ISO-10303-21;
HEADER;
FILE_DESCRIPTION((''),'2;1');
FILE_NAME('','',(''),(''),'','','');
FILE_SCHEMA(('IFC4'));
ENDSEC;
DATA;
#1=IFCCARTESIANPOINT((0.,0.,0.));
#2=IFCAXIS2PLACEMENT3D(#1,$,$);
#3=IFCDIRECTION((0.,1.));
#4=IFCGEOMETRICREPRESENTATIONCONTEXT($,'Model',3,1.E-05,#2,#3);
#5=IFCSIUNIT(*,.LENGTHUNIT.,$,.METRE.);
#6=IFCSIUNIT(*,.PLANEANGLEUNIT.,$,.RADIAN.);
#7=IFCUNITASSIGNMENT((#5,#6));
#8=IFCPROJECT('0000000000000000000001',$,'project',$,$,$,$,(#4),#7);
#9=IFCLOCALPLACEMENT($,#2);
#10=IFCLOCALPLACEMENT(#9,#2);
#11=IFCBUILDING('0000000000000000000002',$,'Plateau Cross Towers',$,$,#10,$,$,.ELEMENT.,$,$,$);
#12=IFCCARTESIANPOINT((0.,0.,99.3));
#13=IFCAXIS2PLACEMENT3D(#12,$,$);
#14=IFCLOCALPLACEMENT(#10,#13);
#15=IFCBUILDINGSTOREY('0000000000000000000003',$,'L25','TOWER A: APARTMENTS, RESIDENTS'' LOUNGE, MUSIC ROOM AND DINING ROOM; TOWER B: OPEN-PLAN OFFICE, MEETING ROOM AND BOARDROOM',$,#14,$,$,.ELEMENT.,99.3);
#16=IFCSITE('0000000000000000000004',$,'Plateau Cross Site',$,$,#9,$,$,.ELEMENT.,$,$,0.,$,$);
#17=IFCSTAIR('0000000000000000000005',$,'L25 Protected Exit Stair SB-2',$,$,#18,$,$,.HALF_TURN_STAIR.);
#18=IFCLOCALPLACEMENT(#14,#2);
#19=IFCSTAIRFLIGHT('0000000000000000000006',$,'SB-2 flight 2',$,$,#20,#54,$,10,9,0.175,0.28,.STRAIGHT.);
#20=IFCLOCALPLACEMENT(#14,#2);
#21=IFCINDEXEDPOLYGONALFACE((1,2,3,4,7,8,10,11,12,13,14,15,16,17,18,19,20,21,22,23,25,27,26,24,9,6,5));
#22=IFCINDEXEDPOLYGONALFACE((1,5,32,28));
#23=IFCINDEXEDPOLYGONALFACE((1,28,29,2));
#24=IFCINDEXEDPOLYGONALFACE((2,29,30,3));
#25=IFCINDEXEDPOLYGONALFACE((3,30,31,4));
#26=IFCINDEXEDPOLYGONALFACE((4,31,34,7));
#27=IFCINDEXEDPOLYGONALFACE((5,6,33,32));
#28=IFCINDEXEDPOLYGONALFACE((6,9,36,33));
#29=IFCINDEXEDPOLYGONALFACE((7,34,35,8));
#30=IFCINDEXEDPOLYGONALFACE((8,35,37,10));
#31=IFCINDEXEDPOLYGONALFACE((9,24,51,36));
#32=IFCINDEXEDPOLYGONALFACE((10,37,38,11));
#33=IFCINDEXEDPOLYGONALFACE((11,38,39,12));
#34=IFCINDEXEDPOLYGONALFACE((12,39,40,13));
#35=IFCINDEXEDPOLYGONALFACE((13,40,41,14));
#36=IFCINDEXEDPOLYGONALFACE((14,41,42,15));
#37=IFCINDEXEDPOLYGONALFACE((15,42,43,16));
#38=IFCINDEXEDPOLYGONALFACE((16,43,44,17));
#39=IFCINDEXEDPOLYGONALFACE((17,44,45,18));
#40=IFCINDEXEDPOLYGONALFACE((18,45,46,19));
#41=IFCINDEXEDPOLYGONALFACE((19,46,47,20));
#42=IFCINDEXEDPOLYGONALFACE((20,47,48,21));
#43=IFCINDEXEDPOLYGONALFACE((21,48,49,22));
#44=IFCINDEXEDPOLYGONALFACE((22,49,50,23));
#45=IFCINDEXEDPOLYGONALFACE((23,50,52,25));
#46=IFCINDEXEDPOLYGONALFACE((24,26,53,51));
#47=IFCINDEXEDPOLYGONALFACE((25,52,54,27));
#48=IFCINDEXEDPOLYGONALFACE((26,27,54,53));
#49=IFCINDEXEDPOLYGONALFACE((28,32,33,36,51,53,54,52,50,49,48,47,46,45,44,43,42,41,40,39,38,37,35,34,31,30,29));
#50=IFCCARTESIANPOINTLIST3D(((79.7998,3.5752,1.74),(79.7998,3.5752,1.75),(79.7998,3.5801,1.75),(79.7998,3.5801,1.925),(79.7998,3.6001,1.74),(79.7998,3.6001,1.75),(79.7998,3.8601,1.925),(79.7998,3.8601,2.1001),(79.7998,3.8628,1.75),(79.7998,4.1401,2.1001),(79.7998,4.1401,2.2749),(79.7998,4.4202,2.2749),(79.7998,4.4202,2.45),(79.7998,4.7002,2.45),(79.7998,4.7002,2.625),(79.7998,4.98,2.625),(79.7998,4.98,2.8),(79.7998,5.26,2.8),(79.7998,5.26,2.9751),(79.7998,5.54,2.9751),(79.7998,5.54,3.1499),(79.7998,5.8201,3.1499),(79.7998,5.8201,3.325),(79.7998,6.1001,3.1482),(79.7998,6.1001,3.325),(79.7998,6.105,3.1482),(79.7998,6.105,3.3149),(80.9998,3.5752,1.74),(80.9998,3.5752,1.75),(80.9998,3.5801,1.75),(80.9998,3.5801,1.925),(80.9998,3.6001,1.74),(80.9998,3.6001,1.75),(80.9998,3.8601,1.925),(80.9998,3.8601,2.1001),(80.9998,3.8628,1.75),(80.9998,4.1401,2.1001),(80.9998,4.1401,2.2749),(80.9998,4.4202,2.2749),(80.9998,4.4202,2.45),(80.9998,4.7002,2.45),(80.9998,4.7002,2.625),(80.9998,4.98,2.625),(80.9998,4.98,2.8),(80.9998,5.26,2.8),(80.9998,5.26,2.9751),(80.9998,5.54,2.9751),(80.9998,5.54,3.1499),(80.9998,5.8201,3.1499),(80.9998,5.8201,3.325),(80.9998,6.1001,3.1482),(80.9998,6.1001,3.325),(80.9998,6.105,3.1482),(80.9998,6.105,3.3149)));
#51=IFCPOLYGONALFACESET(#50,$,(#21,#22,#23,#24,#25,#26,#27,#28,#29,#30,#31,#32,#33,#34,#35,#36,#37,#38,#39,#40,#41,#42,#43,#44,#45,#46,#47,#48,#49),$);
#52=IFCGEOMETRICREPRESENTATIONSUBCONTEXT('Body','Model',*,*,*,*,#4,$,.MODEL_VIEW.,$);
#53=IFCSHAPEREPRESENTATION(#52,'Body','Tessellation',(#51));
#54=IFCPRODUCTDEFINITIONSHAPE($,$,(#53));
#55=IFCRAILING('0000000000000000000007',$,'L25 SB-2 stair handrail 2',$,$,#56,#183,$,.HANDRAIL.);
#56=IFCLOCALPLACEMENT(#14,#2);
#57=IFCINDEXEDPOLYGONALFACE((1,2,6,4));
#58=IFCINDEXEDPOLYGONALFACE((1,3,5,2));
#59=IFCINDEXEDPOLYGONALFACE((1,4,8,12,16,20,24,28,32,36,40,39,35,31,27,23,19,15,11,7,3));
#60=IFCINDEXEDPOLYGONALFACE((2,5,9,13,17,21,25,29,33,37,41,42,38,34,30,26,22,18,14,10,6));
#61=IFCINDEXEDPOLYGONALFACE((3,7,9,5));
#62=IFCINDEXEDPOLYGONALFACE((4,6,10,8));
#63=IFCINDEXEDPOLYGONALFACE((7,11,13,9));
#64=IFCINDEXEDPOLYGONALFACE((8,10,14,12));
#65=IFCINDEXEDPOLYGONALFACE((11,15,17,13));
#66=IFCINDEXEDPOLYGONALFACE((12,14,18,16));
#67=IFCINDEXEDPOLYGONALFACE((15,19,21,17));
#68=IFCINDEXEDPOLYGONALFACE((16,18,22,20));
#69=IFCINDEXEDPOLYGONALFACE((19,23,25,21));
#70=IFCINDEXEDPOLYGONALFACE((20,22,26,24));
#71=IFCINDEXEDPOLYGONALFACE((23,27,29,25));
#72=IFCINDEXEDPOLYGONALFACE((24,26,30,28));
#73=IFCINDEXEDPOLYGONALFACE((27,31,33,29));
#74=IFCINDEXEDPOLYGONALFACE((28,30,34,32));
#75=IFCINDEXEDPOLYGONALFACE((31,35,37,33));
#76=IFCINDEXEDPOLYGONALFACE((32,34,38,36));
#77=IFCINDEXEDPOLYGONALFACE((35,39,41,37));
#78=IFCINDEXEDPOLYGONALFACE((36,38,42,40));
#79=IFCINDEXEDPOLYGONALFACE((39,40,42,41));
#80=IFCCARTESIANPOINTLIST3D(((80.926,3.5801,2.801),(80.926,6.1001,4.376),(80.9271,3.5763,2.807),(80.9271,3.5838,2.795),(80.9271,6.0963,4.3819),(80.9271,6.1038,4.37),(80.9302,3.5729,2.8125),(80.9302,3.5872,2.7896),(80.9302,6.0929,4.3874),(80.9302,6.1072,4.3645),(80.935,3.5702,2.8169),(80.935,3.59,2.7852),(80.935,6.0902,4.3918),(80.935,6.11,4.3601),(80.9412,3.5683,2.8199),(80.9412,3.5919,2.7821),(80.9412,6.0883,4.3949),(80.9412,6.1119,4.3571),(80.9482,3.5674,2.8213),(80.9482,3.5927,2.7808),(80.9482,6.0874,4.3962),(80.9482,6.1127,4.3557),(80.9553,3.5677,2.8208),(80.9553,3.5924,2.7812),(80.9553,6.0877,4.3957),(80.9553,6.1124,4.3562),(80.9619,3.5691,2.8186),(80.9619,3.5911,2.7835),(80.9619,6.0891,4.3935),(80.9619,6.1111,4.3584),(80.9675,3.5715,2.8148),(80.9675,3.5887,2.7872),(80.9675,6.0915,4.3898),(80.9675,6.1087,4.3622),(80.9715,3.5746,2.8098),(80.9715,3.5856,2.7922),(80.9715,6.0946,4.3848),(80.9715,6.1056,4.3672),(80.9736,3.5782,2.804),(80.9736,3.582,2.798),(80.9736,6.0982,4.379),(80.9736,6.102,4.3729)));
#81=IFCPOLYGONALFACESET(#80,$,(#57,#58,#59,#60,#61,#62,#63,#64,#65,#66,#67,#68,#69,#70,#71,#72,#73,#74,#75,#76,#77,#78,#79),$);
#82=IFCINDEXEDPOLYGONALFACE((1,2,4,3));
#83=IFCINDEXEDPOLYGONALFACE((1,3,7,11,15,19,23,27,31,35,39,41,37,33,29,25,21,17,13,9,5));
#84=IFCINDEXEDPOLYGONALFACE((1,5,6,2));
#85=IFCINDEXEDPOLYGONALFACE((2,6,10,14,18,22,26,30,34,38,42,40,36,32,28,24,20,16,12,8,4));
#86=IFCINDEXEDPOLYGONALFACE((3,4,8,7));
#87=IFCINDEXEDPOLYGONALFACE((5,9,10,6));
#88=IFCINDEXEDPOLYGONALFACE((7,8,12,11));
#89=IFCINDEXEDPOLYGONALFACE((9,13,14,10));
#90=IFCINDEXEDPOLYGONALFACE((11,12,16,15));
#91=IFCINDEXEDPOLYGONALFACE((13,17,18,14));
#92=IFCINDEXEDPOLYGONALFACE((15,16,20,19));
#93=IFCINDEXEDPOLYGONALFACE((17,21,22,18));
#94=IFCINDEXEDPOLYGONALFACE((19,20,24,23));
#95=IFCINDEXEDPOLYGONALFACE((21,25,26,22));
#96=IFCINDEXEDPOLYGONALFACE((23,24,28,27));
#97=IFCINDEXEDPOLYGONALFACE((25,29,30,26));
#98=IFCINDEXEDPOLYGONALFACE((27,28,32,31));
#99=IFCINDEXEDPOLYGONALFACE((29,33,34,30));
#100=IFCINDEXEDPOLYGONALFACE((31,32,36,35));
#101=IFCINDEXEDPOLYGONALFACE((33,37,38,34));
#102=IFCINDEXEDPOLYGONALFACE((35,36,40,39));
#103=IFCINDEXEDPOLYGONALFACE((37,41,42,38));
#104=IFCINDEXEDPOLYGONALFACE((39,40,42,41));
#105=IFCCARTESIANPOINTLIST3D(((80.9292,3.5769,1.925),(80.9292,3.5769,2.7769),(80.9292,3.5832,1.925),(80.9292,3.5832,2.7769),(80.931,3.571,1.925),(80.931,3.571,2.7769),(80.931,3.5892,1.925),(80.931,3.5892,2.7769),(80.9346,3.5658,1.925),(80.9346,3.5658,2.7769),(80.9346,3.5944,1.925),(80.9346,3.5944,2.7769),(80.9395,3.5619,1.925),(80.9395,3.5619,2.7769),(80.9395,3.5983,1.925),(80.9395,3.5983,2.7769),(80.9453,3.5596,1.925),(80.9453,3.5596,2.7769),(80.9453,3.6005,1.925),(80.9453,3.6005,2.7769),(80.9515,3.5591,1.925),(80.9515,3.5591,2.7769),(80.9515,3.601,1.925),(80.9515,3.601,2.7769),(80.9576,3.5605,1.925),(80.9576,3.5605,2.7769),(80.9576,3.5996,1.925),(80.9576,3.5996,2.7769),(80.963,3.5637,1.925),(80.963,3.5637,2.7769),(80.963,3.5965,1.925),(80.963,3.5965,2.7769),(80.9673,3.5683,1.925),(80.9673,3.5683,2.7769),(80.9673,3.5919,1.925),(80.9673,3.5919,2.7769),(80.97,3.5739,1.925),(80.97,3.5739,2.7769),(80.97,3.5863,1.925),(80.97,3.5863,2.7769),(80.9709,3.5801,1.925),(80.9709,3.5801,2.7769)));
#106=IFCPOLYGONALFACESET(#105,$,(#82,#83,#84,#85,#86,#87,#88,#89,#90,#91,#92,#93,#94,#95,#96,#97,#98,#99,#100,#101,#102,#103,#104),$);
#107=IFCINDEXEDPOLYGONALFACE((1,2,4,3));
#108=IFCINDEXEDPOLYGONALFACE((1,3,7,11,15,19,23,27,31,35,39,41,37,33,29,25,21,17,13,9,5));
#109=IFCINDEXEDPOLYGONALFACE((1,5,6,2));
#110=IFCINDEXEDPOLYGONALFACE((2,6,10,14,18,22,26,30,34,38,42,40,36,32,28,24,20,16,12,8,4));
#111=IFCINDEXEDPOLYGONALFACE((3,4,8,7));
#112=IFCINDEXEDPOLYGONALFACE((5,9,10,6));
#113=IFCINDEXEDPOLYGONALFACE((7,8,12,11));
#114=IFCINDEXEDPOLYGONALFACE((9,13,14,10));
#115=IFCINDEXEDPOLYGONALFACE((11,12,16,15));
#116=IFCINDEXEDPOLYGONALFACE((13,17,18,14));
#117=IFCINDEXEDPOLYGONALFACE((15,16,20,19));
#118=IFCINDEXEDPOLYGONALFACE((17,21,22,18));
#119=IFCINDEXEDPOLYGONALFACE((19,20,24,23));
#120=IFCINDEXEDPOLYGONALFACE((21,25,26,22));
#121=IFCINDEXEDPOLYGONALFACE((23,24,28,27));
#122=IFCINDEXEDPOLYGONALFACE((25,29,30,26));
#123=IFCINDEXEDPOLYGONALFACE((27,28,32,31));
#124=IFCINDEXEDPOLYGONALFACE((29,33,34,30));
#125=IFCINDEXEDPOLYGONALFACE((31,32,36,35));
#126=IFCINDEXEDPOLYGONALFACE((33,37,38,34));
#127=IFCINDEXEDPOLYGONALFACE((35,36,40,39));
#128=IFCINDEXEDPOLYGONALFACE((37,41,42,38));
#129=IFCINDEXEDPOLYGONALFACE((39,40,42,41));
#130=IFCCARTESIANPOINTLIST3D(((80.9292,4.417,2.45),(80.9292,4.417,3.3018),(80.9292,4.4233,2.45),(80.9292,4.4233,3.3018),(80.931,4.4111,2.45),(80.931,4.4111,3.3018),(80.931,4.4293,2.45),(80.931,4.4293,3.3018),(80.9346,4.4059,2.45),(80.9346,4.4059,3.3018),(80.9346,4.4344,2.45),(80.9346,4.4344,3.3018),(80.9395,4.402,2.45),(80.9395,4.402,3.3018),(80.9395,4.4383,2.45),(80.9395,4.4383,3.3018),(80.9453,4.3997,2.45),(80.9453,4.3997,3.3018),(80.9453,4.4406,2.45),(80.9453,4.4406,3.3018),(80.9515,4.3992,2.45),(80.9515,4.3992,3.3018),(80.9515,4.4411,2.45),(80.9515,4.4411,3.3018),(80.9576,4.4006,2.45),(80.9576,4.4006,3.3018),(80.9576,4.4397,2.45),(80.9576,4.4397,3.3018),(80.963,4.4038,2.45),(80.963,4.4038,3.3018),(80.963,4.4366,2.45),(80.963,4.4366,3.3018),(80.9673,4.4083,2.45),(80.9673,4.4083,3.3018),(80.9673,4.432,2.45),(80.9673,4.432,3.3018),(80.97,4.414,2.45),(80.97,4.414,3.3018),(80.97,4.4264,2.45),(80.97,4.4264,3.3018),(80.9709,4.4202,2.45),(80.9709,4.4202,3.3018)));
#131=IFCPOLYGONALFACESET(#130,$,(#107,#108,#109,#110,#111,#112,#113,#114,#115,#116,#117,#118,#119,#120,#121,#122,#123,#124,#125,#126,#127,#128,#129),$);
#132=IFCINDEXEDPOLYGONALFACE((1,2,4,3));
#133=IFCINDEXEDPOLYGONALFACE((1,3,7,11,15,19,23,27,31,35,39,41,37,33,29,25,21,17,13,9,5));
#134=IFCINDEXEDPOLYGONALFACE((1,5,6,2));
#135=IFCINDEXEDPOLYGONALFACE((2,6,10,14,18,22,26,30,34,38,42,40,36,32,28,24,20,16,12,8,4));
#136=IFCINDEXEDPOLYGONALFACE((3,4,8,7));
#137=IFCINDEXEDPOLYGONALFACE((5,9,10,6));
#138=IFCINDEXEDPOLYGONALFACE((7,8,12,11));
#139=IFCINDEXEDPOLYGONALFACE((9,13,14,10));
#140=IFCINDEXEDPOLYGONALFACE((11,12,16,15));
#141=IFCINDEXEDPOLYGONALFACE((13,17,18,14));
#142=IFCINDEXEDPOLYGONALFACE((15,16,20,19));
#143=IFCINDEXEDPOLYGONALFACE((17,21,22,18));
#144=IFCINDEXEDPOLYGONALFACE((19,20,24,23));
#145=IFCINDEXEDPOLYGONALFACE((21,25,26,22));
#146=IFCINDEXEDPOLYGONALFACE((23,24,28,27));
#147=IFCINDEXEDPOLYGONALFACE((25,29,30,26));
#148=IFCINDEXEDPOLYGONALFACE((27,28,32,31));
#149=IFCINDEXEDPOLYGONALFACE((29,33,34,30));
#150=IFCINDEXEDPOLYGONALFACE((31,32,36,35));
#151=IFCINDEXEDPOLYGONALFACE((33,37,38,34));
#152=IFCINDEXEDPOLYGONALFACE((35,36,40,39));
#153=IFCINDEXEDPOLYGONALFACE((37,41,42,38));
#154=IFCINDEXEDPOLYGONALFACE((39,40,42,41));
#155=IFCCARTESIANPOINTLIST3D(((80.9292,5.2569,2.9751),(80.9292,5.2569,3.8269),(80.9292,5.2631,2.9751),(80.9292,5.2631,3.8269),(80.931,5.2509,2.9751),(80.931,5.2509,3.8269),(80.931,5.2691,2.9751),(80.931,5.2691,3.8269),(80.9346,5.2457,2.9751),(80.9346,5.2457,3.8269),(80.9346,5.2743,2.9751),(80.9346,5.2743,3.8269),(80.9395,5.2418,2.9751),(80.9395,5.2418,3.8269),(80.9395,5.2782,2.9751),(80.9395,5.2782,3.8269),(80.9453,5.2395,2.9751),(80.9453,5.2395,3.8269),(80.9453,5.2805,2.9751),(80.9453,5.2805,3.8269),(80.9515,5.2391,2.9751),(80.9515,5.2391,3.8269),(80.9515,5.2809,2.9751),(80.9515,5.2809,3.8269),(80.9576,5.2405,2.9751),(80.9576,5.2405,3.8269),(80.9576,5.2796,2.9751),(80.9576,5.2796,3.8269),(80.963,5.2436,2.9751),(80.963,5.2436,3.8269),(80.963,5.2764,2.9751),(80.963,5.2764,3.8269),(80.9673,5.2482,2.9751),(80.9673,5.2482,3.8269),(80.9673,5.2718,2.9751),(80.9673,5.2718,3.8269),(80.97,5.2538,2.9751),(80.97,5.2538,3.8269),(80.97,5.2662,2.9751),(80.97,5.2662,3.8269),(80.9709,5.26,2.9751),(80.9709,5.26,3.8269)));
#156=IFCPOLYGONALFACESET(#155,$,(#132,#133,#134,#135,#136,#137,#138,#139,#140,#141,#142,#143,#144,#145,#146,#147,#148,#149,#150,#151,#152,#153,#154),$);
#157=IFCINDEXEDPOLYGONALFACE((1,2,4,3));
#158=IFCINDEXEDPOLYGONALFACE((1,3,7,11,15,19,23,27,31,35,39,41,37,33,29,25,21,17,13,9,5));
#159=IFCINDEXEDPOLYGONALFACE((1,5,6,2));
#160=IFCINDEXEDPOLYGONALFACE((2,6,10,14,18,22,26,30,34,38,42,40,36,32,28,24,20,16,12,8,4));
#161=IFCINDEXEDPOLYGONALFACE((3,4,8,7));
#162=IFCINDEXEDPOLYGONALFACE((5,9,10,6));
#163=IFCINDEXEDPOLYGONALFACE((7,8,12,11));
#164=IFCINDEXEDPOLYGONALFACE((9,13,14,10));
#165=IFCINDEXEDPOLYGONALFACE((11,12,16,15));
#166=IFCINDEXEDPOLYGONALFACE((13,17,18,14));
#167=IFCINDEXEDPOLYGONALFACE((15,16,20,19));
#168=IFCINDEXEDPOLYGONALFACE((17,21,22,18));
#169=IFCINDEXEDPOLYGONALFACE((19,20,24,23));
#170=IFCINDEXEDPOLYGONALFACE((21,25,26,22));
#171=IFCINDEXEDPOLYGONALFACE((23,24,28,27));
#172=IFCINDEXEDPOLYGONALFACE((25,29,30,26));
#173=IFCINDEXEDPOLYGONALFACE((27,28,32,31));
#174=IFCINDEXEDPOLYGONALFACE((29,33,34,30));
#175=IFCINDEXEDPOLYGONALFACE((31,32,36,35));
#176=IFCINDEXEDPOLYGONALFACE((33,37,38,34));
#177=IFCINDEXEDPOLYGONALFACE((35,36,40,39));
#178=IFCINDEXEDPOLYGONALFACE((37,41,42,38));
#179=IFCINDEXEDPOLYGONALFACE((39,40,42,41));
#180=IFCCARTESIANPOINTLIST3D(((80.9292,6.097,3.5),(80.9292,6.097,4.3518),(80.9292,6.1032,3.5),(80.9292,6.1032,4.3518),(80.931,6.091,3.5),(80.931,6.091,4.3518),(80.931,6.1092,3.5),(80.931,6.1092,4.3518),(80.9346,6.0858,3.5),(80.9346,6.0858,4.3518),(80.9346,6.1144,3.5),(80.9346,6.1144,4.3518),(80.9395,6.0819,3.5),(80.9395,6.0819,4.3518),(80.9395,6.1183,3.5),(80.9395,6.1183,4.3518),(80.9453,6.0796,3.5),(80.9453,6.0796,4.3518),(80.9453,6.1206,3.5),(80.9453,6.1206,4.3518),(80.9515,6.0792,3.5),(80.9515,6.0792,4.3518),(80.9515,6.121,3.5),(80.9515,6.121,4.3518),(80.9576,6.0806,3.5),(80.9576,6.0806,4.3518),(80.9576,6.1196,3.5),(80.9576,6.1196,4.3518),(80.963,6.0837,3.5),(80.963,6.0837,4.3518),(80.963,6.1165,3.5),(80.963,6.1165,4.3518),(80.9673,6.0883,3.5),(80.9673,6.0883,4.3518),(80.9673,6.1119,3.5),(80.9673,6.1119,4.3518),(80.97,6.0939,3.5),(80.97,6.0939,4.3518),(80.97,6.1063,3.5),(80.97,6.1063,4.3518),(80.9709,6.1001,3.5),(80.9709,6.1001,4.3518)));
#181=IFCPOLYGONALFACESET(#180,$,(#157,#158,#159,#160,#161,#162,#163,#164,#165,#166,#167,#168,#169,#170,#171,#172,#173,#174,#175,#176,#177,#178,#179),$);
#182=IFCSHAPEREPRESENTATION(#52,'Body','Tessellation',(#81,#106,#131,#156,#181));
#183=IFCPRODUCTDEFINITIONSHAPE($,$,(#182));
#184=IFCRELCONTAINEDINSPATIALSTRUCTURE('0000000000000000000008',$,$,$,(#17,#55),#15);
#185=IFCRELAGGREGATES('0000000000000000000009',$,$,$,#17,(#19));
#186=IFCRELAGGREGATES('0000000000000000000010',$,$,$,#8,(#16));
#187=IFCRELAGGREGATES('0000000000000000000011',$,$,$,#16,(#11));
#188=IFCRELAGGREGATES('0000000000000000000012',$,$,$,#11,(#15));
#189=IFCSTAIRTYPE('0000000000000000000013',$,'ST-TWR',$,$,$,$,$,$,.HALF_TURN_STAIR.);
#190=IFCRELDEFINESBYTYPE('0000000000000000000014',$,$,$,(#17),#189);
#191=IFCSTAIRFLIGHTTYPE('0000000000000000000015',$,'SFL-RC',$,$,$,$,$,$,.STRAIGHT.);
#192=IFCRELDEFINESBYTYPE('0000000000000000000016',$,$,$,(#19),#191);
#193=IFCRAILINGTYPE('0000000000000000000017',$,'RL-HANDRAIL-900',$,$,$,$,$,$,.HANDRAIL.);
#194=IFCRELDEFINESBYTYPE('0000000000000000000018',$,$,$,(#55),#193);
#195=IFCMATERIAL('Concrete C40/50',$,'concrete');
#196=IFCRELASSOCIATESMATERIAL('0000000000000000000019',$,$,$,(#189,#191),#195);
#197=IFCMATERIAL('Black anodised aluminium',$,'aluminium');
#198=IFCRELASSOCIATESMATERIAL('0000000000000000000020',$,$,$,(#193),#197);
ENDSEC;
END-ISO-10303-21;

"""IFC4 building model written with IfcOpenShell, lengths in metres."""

from ifc_helpers import new_model, si_unit, direction, frame, origin, origin_2d, place, context, subcontext, project, spatial, polyline, circle, outline, extrude, material, type_object, element, aggregate, save


model = new_model("IFC4")

# Units and contexts
model_context = context("Model", 3, precision=1e-05, world=origin(), true_north=direction((0.0, 1.0)))
body_context = subcontext(model_context, "Body", "Model", "MODEL_VIEW")
ifc_project = project(units=[si_unit("LENGTHUNIT", "METRE"), si_unit("PLANEANGLEUNIT", "RADIAN")], contexts=[model_context])

# Site, building, storey
site_placement = place(None, origin())
site = spatial("IfcSite", under=ifc_project, at=site_placement, Name="Plateau Cross Site", CompositionType="ELEMENT", RefElevation=0.0)
building_placement = place(site_placement, origin())
building = spatial("IfcBuilding", under=site, at=building_placement, Name="Plateau Cross Towers", CompositionType="ELEMENT")
storey_placement = place(building_placement, frame((0.0, 0.0, 99.3)))
storey = spatial("IfcBuildingStorey", under=building, at=storey_placement, Name="L25", Description="TOWER A: APARTMENTS, RESIDENTS' LOUNGE, MUSIC ROOM AND DINING ROOM; TOWER B: OPEN-PLAN OFFICE, MEETING ROOM AND BOARDROOM", CompositionType="ELEMENT", Elevation=99.3)

# Shared definitions
ifc_material_1 = material(Name="Black anodised aluminium", Category="aluminium")

# Stair, stair flight
ifc_material_2 = material(Name="Concrete C40/50", Category="concrete")
stair_type = type_object("IfcStairType", Name="ST-TWR", PredefinedType="HALF_TURN_STAIR", material=ifc_material_2)
stair_placement = place(storey_placement, origin())
stair = element("IfcStair", 1, at=stair_placement, inside=storey, type_object=stair_type, Name="L25 Protected Exit Stair SB-2", PredefinedType="HALF_TURN_STAIR")
stair_flight_type = type_object("IfcStairFlightType", Name="SFL-RC", PredefinedType="STRAIGHT", material=ifc_material_2)
stair_flight_placement = place(storey_placement, frame((80.3999, 3.5801, 1.75), z_axis=(0.0, 0.0, 1.0), x_axis=(0.0, 1.0, 0.0)))
stair_flight = element("IfcStairFlight", 2, at=stair_flight_placement, type_object=stair_flight_type, Name="SB-2 flight 2", NumberOfRisers=10, NumberOfTreads=9, PredefinedType="STRAIGHT", RiserHeight=0.175, TreadLength=0.28, context=body_context, shape_type="SweptSolid", body=[
    extrude(outline(polyline([(-0.0049, -0.01), (-0.0049, 0.0), (0.0, 0.0), (0.0, 0.175), (0.28, 0.175), (0.28, 0.3501), (0.5601, 0.3501), (0.5601, 0.5249), (0.8401, 0.5249), (0.8401, 0.7), (1.1201, 0.7), (1.1201, 0.875), (1.3999, 0.875), (1.3999, 1.05), (1.6799, 1.05), (1.6799, 1.2251), (1.96, 1.2251), (1.96, 1.3999), (2.24, 1.3999), (2.24, 1.575), (2.52, 1.575), (2.5249, 1.5649), (2.5249, 1.3982), (2.52, 1.3982), (0.2827, 0.0), (0.02, 0.0), (0.02, -0.01), (-0.0049, -0.01)])), frame((0.0, 0.6001, 0.0), z_axis=(0.0, -1.0, 0.0), x_axis=(1.0, 0.0, 0.0)), (0.0, 0.0, 1.0), 1.2),
])
aggregate(stair, [stair_flight])

# Railing
railing_type = type_object("IfcRailingType", Name="RL-HANDRAIL-900", PredefinedType="HANDRAIL", material=ifc_material_1)
railing_placement = place(storey_placement, frame((80.95, 3.5801, 1.925)))
element("IfcRailing", 3, at=railing_placement, inside=storey, type_object=railing_type, Name="L25 SB-2 stair handrail 2", PredefinedType="HANDRAIL", context=body_context, shape_type="SweptSolid", body=[
    extrude(circle(Radius=0.0239, at=origin_2d()), frame((0.0, 0.0, 0.876), z_axis=(0.0, 0.848008, 0.529984), x_axis=(-1.0, 0.0, 0.0)), (0.0, 0.0, 1.0), 2.9717),
    extrude(circle(Radius=0.021, at=origin_2d()), origin(), (0.0, 0.0, 1.0), 0.8518),
    extrude(circle(Radius=0.021, at=origin_2d()), frame((0.0, 0.8401, 0.5249)), (0.0, 0.0, 1.0), 0.8518),
    extrude(circle(Radius=0.021, at=origin_2d()), frame((0.0, 1.6799, 1.05)), (0.0, 0.0, 1.0), 0.8518),
    extrude(circle(Radius=0.021, at=origin_2d()), frame((0.0, 2.52, 1.575)), (0.0, 0.0, 1.0), 0.8518),
])

save(model, "model.ifc")
